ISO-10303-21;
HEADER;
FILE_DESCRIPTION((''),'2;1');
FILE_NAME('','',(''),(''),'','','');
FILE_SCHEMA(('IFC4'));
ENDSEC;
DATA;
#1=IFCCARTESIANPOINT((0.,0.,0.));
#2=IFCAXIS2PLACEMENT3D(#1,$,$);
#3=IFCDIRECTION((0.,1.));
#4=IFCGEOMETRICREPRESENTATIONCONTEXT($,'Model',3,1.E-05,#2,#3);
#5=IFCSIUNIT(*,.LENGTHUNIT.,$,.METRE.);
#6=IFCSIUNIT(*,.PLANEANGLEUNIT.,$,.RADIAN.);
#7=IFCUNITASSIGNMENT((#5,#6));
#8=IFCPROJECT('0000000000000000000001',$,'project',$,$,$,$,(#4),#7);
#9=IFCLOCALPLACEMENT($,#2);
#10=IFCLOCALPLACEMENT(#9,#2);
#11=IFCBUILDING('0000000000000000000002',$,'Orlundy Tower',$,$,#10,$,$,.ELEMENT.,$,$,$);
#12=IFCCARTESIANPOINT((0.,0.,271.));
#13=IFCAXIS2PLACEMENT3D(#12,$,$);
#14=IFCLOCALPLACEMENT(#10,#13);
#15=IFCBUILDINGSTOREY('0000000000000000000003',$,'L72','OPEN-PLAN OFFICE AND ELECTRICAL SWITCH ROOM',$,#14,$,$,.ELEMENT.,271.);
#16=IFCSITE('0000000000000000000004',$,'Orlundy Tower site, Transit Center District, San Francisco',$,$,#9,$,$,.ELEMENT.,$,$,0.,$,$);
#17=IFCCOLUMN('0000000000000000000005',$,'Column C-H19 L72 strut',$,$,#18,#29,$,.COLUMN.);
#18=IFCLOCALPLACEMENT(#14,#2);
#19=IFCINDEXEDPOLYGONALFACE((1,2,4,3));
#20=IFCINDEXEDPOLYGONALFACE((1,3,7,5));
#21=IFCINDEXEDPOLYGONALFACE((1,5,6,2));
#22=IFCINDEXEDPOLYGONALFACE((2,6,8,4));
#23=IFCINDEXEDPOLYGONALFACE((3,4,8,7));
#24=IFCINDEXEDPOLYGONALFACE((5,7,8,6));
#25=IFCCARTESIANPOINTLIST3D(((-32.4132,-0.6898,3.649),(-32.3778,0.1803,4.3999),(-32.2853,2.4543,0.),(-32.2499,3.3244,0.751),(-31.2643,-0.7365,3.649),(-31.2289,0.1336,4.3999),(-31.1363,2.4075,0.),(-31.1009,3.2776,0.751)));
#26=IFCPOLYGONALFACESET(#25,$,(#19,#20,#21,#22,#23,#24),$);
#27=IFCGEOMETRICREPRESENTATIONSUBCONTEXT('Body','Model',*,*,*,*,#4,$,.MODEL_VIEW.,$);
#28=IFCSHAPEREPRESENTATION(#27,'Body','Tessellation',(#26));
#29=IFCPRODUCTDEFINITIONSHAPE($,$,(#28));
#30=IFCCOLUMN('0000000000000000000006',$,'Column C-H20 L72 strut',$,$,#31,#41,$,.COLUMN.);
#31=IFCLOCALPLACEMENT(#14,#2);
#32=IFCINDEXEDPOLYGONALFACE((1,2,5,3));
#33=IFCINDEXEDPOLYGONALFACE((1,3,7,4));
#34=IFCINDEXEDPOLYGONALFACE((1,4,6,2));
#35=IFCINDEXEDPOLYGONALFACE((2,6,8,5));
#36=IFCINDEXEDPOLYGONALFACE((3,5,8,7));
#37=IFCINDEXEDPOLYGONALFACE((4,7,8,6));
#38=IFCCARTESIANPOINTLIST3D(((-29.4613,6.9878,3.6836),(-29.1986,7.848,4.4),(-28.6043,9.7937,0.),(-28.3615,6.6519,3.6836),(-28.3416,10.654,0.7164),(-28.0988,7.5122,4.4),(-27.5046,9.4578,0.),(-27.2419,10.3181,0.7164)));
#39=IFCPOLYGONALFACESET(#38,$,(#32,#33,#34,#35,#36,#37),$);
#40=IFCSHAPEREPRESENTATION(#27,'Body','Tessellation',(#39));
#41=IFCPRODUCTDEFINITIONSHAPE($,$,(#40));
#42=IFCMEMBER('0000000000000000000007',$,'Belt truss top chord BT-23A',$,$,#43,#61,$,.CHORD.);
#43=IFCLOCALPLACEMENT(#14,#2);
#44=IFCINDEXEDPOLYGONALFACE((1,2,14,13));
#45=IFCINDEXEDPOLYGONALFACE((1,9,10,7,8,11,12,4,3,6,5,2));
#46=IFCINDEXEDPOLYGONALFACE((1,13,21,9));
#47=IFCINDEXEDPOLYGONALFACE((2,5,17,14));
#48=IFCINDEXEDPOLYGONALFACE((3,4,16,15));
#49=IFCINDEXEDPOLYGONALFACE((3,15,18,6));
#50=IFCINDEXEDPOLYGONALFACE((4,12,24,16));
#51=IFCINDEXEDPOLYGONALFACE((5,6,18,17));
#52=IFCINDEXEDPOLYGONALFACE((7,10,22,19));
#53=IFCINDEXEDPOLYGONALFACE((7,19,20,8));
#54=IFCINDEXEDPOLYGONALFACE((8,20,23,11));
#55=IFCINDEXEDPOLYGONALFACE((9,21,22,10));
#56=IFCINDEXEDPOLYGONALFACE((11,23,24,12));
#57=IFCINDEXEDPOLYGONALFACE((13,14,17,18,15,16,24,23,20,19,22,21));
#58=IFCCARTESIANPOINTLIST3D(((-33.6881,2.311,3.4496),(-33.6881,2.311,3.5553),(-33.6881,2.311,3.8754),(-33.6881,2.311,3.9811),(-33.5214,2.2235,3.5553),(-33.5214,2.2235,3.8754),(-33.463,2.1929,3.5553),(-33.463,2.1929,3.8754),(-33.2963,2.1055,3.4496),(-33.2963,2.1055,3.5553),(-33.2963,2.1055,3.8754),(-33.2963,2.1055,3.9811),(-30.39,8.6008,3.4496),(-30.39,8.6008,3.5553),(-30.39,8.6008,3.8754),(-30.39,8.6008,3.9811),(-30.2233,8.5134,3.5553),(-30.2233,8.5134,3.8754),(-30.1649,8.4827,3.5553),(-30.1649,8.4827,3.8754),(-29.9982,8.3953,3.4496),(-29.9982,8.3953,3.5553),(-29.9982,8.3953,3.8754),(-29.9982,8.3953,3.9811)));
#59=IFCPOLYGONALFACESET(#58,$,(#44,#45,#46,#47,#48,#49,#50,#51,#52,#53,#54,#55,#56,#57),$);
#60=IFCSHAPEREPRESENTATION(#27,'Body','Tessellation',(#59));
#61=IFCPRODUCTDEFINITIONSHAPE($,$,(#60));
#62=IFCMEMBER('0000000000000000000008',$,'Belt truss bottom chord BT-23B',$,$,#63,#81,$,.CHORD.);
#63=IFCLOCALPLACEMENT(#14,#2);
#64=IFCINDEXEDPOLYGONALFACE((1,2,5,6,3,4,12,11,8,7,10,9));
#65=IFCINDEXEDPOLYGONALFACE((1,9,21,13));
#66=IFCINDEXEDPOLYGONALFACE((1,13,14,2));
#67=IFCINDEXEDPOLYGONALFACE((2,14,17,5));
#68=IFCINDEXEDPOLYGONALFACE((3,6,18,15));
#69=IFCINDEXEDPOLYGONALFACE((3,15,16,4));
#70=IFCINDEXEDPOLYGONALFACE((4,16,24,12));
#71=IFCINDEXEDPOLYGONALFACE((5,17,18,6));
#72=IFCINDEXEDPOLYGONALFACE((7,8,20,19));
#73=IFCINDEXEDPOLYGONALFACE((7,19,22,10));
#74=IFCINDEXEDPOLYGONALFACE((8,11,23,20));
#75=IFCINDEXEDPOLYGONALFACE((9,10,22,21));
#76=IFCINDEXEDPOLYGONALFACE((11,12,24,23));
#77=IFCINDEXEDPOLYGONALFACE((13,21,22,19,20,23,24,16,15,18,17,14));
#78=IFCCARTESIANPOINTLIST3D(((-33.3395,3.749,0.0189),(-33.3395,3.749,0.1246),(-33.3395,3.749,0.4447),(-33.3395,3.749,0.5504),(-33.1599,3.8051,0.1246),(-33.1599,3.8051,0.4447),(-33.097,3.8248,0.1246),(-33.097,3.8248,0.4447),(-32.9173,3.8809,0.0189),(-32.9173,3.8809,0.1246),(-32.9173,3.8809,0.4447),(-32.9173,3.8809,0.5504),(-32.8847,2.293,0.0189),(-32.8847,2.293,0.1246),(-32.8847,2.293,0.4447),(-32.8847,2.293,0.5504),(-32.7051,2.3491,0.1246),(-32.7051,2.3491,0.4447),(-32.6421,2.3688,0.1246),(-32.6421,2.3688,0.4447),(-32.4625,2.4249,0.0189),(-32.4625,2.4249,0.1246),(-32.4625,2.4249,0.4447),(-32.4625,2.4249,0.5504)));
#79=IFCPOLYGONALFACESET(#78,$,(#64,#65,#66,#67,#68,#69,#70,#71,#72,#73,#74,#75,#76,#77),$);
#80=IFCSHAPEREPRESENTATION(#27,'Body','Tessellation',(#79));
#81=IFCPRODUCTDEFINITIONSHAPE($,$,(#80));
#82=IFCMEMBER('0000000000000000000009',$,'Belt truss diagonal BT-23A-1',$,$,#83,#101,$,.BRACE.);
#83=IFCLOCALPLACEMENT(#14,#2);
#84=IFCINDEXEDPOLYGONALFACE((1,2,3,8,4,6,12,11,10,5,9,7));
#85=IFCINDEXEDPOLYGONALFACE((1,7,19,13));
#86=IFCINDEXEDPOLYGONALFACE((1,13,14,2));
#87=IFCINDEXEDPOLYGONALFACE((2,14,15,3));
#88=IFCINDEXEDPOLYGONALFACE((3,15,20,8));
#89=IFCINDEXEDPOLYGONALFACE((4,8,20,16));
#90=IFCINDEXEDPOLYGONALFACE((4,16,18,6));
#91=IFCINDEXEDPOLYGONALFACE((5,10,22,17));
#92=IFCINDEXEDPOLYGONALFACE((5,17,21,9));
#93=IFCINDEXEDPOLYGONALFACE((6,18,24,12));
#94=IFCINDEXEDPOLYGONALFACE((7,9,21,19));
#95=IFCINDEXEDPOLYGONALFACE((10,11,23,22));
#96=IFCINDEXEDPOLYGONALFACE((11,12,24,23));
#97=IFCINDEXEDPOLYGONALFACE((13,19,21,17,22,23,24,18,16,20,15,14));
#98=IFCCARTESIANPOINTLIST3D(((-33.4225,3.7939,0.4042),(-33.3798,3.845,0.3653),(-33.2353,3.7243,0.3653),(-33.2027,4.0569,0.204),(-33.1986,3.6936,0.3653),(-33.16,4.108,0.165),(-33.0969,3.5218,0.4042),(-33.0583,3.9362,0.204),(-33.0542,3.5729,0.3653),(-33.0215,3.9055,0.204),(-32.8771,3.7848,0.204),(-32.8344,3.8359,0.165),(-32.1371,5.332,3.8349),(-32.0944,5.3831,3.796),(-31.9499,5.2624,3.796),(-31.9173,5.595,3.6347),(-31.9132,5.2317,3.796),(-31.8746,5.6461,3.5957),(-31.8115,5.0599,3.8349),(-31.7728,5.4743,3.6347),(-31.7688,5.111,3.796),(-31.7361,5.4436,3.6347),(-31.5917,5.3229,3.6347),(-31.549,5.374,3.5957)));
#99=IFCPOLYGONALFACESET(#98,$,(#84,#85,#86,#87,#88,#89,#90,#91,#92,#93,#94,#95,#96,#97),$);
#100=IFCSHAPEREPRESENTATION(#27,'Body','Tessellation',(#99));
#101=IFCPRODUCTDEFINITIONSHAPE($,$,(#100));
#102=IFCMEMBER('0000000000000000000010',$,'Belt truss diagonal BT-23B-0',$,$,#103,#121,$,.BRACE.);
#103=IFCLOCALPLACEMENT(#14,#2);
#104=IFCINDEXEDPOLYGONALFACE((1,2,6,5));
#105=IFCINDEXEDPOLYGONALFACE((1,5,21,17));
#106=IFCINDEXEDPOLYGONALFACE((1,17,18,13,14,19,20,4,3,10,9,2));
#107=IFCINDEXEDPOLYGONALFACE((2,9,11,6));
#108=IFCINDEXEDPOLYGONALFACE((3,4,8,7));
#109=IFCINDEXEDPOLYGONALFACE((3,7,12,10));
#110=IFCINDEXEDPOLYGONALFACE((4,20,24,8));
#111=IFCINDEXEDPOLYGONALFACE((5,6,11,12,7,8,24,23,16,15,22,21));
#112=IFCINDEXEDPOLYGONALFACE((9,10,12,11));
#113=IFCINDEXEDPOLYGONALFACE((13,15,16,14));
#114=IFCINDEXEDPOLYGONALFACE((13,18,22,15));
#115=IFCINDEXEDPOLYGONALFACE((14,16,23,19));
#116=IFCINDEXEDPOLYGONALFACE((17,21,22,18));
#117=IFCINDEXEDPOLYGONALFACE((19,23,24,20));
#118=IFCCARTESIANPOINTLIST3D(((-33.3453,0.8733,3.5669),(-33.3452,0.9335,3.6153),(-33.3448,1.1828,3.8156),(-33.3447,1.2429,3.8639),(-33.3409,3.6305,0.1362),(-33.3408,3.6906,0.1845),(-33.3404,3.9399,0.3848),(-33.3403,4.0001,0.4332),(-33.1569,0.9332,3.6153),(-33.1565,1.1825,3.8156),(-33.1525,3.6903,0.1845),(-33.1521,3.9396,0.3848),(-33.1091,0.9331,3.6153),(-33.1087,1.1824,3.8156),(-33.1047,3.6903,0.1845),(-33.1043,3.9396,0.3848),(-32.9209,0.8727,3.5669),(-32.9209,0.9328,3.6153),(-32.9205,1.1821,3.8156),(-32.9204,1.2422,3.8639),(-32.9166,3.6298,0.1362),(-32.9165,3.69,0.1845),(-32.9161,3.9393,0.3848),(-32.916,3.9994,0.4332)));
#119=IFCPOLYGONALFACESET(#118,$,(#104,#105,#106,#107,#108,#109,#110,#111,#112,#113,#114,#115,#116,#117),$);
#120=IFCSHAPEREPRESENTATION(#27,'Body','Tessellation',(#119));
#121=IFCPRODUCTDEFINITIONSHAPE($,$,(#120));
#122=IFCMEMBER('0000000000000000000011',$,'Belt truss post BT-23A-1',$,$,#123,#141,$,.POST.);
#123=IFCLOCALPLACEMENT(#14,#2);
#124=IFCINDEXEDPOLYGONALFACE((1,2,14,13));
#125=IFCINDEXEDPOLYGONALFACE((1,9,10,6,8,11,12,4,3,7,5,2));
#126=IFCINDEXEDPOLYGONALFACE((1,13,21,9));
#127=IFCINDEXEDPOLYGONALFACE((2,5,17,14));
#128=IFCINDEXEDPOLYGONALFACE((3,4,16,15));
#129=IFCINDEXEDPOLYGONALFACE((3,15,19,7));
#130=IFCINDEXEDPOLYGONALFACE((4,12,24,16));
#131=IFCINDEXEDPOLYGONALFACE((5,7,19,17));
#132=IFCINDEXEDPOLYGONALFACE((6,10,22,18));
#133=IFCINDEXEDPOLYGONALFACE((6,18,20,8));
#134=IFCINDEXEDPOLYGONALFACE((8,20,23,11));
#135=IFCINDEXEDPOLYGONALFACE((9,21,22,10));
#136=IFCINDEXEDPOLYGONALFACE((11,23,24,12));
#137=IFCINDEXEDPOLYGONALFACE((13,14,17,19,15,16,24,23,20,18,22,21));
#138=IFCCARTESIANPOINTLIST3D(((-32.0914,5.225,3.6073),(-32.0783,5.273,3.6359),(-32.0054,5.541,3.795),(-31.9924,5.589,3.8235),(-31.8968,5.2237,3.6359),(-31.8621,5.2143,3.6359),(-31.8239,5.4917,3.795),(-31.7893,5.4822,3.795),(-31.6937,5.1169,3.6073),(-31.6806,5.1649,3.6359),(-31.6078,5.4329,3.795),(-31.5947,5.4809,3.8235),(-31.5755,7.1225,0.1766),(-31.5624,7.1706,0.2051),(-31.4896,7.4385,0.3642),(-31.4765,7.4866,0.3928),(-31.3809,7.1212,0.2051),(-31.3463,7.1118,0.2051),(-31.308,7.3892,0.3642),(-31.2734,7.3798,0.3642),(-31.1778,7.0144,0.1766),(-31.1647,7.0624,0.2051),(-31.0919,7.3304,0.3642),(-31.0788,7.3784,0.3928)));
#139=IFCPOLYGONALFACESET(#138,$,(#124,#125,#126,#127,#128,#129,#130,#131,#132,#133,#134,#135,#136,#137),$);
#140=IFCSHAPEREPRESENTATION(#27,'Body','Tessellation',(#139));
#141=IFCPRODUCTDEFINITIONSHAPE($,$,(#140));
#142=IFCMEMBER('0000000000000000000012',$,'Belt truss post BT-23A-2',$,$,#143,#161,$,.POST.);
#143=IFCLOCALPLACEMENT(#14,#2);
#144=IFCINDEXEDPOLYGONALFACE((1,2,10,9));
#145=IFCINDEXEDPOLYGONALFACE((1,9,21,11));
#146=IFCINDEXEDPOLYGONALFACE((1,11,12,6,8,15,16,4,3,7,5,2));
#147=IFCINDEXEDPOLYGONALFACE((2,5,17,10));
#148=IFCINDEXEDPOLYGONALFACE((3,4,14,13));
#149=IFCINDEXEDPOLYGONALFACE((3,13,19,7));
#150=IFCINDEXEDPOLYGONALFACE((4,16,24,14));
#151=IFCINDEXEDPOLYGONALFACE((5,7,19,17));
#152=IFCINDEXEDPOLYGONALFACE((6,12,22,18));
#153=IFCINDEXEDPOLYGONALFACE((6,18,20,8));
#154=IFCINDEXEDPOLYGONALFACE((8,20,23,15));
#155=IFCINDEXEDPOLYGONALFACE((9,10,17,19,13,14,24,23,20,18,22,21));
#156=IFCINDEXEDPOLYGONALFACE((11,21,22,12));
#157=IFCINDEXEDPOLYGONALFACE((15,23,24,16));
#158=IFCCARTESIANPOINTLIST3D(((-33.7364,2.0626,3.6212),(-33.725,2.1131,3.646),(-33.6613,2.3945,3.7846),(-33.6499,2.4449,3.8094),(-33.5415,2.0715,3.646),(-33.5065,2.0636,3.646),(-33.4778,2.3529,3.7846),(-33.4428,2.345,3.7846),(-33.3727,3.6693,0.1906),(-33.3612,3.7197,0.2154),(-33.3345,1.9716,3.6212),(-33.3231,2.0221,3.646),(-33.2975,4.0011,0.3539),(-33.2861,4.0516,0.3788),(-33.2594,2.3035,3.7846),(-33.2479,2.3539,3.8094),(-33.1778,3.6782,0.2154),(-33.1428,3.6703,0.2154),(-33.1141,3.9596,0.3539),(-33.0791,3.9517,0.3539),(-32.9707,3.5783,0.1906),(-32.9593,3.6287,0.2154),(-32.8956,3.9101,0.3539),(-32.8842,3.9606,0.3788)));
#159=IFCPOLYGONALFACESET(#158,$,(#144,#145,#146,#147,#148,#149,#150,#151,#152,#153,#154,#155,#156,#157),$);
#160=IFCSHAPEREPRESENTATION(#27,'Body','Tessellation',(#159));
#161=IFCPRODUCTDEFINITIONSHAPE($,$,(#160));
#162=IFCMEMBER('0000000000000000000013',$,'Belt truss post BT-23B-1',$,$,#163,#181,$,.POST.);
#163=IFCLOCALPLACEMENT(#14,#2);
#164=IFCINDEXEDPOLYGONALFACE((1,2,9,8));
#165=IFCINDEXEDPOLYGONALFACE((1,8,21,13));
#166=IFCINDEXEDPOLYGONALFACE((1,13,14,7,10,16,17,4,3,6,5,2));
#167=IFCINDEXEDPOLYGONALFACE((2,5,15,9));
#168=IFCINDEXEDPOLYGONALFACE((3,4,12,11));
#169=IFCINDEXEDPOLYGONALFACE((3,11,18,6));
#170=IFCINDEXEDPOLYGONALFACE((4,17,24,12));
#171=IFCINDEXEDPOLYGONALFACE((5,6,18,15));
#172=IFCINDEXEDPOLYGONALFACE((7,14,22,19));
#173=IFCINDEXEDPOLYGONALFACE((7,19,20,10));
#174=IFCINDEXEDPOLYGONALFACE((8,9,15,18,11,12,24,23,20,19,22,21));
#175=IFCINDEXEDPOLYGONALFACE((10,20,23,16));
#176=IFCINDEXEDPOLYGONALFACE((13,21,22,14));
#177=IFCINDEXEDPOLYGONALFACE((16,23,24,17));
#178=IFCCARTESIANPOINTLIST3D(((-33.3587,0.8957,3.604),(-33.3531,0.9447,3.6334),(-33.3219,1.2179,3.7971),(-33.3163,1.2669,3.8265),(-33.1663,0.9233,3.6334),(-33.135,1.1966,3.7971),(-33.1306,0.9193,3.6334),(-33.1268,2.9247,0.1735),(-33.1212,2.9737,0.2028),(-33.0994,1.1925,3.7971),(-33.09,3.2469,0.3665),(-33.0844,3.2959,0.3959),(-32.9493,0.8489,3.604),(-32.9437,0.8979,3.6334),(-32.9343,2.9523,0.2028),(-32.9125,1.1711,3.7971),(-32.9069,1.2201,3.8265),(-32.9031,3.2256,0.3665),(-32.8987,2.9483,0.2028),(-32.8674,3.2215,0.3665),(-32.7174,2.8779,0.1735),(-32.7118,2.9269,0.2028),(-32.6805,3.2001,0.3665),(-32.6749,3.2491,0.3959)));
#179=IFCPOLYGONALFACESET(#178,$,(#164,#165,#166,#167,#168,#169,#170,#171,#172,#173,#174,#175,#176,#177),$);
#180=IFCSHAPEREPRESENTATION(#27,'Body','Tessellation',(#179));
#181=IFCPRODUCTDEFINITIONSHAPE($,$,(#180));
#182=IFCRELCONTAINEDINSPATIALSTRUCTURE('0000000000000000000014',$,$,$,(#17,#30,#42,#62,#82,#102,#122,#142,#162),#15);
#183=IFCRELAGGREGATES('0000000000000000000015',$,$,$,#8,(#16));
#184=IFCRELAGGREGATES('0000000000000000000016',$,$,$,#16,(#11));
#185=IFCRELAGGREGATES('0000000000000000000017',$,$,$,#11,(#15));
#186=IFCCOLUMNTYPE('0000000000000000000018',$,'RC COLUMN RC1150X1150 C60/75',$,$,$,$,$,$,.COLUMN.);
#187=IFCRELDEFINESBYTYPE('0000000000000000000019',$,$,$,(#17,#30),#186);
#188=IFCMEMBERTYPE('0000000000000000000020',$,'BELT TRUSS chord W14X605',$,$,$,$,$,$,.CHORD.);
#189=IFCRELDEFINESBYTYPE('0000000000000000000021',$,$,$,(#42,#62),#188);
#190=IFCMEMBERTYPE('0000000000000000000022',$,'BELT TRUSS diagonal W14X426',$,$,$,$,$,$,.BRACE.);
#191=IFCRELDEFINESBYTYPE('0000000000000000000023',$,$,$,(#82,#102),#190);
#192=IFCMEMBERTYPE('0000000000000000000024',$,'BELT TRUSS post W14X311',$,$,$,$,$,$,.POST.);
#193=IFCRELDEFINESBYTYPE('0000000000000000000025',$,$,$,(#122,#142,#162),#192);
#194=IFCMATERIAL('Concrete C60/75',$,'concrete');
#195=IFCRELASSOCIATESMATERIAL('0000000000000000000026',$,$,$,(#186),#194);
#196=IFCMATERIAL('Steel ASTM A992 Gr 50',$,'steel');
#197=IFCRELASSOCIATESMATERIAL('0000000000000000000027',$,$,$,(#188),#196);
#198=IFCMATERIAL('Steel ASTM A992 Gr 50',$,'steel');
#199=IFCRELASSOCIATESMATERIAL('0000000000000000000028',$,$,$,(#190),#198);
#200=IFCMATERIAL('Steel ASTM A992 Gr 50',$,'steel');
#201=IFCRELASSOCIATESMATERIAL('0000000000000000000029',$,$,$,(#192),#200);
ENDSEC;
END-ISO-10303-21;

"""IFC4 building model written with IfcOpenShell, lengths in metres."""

from ifc_helpers import new_model, si_unit, direction, frame, origin, origin_2d, place, context, subcontext, project, spatial, rectangle, i_section, extrude, material, material_profile, profile_set, type_object, element, save


model = new_model("IFC4")

# Units and contexts
model_context = context("Model", 3, precision=1e-05, world=origin(), true_north=direction((0.0, 1.0)))
body_context = subcontext(model_context, "Body", "Model", "MODEL_VIEW")
ifc_project = project(units=[si_unit("LENGTHUNIT", "METRE"), si_unit("PLANEANGLEUNIT", "RADIAN")], contexts=[model_context])

# Site, building, storey
site_placement = place(None, origin())
site = spatial("IfcSite", under=ifc_project, at=site_placement, Name="Orlundy Tower site, Transit Center District, San Francisco", CompositionType="ELEMENT", RefElevation=0.0)
building_placement = place(site_placement, origin())
building = spatial("IfcBuilding", under=site, at=building_placement, Name="Orlundy Tower", CompositionType="ELEMENT")
storey_placement = place(building_placement, frame((0.0, 0.0, 271.0)))
storey = spatial("IfcBuildingStorey", under=building, at=storey_placement, Name="L72", Description="OPEN-PLAN OFFICE AND ELECTRICAL SWITCH ROOM", CompositionType="ELEMENT", Elevation=271.0)

# Columns
ifc_material_1 = material(Name="Concrete C60/75", Category="concrete")
ifc_material_profile_1 = material_profile(ifc_material_1, rectangle(XDim=1.1499, YDim=1.1499, at=origin_2d()), Name="RC1150X1150")
ifc_profile_set_1 = profile_set([ifc_material_profile_1], Name="Concrete C60/75")
column_type = type_object("IfcColumnType", Name="RC COLUMN RC1150X1150 C60/75", PredefinedType="COLUMN", material=ifc_profile_set_1)
column_1_placement = place(storey_placement, frame((-31.6931, 2.866, 0.3755), z_axis=(-0.026551, -0.652521, 0.757305), x_axis=(0.999173, -0.040656, 0.0)))
element("IfcColumn", 1, at=column_1_placement, inside=storey, type_object=column_type, Name="Column C-H19 L72 strut", PredefinedType="COLUMN", context=body_context, shape_type="SweptSolid", body=[
    extrude(rectangle(XDim=1.1499, YDim=1.1499, at=origin_2d()), origin(), (0.0, 0.0, 1.0), 4.8184),
])
column_2_placement = place(storey_placement, frame((-27.9231, 10.0559, 0.3582), z_axis=(-0.181971, -0.595839, 0.782217), x_axis=(0.956392, -0.292085, 0.0)))
element("IfcColumn", 2, at=column_2_placement, inside=storey, type_object=column_type, Name="Column C-H20 L72 strut", PredefinedType="COLUMN", context=body_context, shape_type="SweptSolid", body=[
    extrude(rectangle(XDim=1.1499, YDim=1.1499, at=origin_2d()), origin(), (0.0, 0.0, 1.0), 4.7092),
])

# Members
ifc_material_2 = material(Name="Steel ASTM A992 Gr 50", Category="steel")
ifc_material_profile_2 = material_profile(ifc_material_2, i_section(OverallWidth=0.4424, OverallDepth=0.5315, WebThickness=0.0659, FlangeThickness=0.1057, at=origin_2d()), Name="W14X605")
ifc_profile_set_2 = profile_set([ifc_material_profile_2], Name="Steel ASTM A992 Gr 50")
member_type_1 = type_object("IfcMemberType", Name="BELT TRUSS chord W14X605", PredefinedType="CHORD", material=ifc_profile_set_2)
member_1_placement = place(storey_placement, frame((-30.1941, 8.498, 3.7153), z_axis=(-0.464387, -0.885632, 0.0), x_axis=(0.885632, -0.464387, 0.0)))
element("IfcMember", 3, at=member_1_placement, inside=storey, type_object=member_type_1, Name="Belt truss top chord BT-23A", PredefinedType="CHORD", context=body_context, shape_type="SweptSolid", body=[
    extrude(i_section(OverallWidth=0.4424, OverallDepth=0.5315, WebThickness=0.0659, FlangeThickness=0.1057, at=origin_2d()), origin(), (0.0, 0.0, 1.0), 7.1021),
])
member_2_placement = place(storey_placement, frame((-33.1284, 3.8149, 0.2847), z_axis=(0.298166, -0.954514, 0.0), x_axis=(0.954514, 0.298166, 0.0)))
element("IfcMember", 4, at=member_2_placement, inside=storey, type_object=member_type_1, Name="Belt truss bottom chord BT-23B", PredefinedType="CHORD", context=body_context, shape_type="SweptSolid", body=[
    extrude(i_section(OverallWidth=0.4424, OverallDepth=0.5315, WebThickness=0.0659, FlangeThickness=0.1057, at=origin_2d()), origin(), (0.0, 0.0, 1.0), 1.5254),
])
ifc_material_3 = material(Name="Steel ASTM A992 Gr 50", Category="steel")
ifc_material_profile_3 = material_profile(ifc_material_3, i_section(OverallWidth=0.4243, OverallDepth=0.4741, WebThickness=0.0479, FlangeThickness=0.0771, at=origin_2d()), Name="W14X426")
ifc_profile_set_3 = profile_set([ifc_material_profile_3], Name="Steel ASTM A992 Gr 50")
member_type_2 = type_object("IfcMemberType", Name="BELT TRUSS diagonal W14X426", PredefinedType="BRACE", material=ifc_profile_set_3)
member_3_placement = place(storey_placement, frame((-31.843, 5.353, 3.7153), z_axis=(-0.323506, -0.387102, -0.863421), x_axis=(0.767322, -0.641262, 0.0)))
element("IfcMember", 5, at=member_3_placement, inside=storey, type_object=member_type_2, Name="Belt truss diagonal BT-23A-1", PredefinedType="BRACE", context=body_context, shape_type="SweptSolid", body=[
    extrude(i_section(OverallWidth=0.4243, OverallDepth=0.4741, WebThickness=0.0479, FlangeThickness=0.0771, at=origin_2d()), origin(), (0.0, 0.0, 1.0), 3.9734),
])
member_4_placement = place(storey_placement, frame((-33.1284, 3.8149, 0.2847), z_axis=(-0.000998, -0.626432, 0.779476), x_axis=(0.999999, -0.001594, 0.0)))
element("IfcMember", 6, at=member_4_placement, inside=storey, type_object=member_type_2, Name="Belt truss diagonal BT-23B-0", PredefinedType="BRACE", context=body_context, shape_type="SweptSolid", body=[
    extrude(i_section(OverallWidth=0.4243, OverallDepth=0.4741, WebThickness=0.0479, FlangeThickness=0.0771, at=origin_2d()), origin(), (0.0, 0.0, 1.0), 4.4014),
])
ifc_material_4 = material(Name="Steel ASTM A992 Gr 50", Category="steel")
ifc_material_profile_4 = material_profile(ifc_material_4, i_section(OverallWidth=0.4121, OverallDepth=0.4348, WebThickness=0.0359, FlangeThickness=0.0574, at=origin_2d()), Name="W14X311")
ifc_profile_set_4 = profile_set([ifc_material_profile_4], Name="Steel ASTM A992 Gr 50")
member_type_3 = type_object("IfcMemberType", Name="BELT TRUSS post W14X311", PredefinedType="POST", material=ifc_profile_set_4)
member_5_placement = place(storey_placement, frame((-31.3271, 7.2505, 0.2847), z_axis=(-0.13046, -0.479856, 0.867593), x_axis=(0.964973, -0.26235, 0.0)))
element("IfcMember", 7, at=member_5_placement, inside=storey, type_object=member_type_3, Name="Belt truss post BT-23A-1", PredefinedType="POST", context=body_context, shape_type="SweptSolid", body=[
    extrude(i_section(OverallWidth=0.4121, OverallDepth=0.4348, WebThickness=0.0359, FlangeThickness=0.0574, at=origin_2d()), origin(), (0.0, 0.0, 1.0), 3.9543),
])
member_6_placement = place(storey_placement, frame((-33.1284, 3.8149, 0.2847), z_axis=(-0.095586, -0.422181, 0.901458), x_axis=(0.975315, -0.22082, 0.0)))
element("IfcMember", 8, at=member_6_placement, inside=storey, type_object=member_type_3, Name="Belt truss post BT-23A-2", PredefinedType="POST", context=body_context, shape_type="SweptSolid", body=[
    extrude(i_section(OverallWidth=0.4121, OverallDepth=0.4348, WebThickness=0.0359, FlangeThickness=0.0574, at=origin_2d()), origin(), (0.0, 0.0, 1.0), 3.8057),
])
member_7_placement = place(storey_placement, frame((-32.9009, 3.0869, 0.2847), z_axis=(-0.058092, -0.508212, 0.85927), x_axis=(0.99353, -0.113567, 0.0)))
element("IfcMember", 9, at=member_7_placement, inside=storey, type_object=member_type_3, Name="Belt truss post BT-23B-1", PredefinedType="POST", context=body_context, shape_type="SweptSolid", body=[
    extrude(i_section(OverallWidth=0.4121, OverallDepth=0.4348, WebThickness=0.0359, FlangeThickness=0.0574, at=origin_2d()), origin(), (0.0, 0.0, 1.0), 3.9924),
])

save(model, "model.ifc")
